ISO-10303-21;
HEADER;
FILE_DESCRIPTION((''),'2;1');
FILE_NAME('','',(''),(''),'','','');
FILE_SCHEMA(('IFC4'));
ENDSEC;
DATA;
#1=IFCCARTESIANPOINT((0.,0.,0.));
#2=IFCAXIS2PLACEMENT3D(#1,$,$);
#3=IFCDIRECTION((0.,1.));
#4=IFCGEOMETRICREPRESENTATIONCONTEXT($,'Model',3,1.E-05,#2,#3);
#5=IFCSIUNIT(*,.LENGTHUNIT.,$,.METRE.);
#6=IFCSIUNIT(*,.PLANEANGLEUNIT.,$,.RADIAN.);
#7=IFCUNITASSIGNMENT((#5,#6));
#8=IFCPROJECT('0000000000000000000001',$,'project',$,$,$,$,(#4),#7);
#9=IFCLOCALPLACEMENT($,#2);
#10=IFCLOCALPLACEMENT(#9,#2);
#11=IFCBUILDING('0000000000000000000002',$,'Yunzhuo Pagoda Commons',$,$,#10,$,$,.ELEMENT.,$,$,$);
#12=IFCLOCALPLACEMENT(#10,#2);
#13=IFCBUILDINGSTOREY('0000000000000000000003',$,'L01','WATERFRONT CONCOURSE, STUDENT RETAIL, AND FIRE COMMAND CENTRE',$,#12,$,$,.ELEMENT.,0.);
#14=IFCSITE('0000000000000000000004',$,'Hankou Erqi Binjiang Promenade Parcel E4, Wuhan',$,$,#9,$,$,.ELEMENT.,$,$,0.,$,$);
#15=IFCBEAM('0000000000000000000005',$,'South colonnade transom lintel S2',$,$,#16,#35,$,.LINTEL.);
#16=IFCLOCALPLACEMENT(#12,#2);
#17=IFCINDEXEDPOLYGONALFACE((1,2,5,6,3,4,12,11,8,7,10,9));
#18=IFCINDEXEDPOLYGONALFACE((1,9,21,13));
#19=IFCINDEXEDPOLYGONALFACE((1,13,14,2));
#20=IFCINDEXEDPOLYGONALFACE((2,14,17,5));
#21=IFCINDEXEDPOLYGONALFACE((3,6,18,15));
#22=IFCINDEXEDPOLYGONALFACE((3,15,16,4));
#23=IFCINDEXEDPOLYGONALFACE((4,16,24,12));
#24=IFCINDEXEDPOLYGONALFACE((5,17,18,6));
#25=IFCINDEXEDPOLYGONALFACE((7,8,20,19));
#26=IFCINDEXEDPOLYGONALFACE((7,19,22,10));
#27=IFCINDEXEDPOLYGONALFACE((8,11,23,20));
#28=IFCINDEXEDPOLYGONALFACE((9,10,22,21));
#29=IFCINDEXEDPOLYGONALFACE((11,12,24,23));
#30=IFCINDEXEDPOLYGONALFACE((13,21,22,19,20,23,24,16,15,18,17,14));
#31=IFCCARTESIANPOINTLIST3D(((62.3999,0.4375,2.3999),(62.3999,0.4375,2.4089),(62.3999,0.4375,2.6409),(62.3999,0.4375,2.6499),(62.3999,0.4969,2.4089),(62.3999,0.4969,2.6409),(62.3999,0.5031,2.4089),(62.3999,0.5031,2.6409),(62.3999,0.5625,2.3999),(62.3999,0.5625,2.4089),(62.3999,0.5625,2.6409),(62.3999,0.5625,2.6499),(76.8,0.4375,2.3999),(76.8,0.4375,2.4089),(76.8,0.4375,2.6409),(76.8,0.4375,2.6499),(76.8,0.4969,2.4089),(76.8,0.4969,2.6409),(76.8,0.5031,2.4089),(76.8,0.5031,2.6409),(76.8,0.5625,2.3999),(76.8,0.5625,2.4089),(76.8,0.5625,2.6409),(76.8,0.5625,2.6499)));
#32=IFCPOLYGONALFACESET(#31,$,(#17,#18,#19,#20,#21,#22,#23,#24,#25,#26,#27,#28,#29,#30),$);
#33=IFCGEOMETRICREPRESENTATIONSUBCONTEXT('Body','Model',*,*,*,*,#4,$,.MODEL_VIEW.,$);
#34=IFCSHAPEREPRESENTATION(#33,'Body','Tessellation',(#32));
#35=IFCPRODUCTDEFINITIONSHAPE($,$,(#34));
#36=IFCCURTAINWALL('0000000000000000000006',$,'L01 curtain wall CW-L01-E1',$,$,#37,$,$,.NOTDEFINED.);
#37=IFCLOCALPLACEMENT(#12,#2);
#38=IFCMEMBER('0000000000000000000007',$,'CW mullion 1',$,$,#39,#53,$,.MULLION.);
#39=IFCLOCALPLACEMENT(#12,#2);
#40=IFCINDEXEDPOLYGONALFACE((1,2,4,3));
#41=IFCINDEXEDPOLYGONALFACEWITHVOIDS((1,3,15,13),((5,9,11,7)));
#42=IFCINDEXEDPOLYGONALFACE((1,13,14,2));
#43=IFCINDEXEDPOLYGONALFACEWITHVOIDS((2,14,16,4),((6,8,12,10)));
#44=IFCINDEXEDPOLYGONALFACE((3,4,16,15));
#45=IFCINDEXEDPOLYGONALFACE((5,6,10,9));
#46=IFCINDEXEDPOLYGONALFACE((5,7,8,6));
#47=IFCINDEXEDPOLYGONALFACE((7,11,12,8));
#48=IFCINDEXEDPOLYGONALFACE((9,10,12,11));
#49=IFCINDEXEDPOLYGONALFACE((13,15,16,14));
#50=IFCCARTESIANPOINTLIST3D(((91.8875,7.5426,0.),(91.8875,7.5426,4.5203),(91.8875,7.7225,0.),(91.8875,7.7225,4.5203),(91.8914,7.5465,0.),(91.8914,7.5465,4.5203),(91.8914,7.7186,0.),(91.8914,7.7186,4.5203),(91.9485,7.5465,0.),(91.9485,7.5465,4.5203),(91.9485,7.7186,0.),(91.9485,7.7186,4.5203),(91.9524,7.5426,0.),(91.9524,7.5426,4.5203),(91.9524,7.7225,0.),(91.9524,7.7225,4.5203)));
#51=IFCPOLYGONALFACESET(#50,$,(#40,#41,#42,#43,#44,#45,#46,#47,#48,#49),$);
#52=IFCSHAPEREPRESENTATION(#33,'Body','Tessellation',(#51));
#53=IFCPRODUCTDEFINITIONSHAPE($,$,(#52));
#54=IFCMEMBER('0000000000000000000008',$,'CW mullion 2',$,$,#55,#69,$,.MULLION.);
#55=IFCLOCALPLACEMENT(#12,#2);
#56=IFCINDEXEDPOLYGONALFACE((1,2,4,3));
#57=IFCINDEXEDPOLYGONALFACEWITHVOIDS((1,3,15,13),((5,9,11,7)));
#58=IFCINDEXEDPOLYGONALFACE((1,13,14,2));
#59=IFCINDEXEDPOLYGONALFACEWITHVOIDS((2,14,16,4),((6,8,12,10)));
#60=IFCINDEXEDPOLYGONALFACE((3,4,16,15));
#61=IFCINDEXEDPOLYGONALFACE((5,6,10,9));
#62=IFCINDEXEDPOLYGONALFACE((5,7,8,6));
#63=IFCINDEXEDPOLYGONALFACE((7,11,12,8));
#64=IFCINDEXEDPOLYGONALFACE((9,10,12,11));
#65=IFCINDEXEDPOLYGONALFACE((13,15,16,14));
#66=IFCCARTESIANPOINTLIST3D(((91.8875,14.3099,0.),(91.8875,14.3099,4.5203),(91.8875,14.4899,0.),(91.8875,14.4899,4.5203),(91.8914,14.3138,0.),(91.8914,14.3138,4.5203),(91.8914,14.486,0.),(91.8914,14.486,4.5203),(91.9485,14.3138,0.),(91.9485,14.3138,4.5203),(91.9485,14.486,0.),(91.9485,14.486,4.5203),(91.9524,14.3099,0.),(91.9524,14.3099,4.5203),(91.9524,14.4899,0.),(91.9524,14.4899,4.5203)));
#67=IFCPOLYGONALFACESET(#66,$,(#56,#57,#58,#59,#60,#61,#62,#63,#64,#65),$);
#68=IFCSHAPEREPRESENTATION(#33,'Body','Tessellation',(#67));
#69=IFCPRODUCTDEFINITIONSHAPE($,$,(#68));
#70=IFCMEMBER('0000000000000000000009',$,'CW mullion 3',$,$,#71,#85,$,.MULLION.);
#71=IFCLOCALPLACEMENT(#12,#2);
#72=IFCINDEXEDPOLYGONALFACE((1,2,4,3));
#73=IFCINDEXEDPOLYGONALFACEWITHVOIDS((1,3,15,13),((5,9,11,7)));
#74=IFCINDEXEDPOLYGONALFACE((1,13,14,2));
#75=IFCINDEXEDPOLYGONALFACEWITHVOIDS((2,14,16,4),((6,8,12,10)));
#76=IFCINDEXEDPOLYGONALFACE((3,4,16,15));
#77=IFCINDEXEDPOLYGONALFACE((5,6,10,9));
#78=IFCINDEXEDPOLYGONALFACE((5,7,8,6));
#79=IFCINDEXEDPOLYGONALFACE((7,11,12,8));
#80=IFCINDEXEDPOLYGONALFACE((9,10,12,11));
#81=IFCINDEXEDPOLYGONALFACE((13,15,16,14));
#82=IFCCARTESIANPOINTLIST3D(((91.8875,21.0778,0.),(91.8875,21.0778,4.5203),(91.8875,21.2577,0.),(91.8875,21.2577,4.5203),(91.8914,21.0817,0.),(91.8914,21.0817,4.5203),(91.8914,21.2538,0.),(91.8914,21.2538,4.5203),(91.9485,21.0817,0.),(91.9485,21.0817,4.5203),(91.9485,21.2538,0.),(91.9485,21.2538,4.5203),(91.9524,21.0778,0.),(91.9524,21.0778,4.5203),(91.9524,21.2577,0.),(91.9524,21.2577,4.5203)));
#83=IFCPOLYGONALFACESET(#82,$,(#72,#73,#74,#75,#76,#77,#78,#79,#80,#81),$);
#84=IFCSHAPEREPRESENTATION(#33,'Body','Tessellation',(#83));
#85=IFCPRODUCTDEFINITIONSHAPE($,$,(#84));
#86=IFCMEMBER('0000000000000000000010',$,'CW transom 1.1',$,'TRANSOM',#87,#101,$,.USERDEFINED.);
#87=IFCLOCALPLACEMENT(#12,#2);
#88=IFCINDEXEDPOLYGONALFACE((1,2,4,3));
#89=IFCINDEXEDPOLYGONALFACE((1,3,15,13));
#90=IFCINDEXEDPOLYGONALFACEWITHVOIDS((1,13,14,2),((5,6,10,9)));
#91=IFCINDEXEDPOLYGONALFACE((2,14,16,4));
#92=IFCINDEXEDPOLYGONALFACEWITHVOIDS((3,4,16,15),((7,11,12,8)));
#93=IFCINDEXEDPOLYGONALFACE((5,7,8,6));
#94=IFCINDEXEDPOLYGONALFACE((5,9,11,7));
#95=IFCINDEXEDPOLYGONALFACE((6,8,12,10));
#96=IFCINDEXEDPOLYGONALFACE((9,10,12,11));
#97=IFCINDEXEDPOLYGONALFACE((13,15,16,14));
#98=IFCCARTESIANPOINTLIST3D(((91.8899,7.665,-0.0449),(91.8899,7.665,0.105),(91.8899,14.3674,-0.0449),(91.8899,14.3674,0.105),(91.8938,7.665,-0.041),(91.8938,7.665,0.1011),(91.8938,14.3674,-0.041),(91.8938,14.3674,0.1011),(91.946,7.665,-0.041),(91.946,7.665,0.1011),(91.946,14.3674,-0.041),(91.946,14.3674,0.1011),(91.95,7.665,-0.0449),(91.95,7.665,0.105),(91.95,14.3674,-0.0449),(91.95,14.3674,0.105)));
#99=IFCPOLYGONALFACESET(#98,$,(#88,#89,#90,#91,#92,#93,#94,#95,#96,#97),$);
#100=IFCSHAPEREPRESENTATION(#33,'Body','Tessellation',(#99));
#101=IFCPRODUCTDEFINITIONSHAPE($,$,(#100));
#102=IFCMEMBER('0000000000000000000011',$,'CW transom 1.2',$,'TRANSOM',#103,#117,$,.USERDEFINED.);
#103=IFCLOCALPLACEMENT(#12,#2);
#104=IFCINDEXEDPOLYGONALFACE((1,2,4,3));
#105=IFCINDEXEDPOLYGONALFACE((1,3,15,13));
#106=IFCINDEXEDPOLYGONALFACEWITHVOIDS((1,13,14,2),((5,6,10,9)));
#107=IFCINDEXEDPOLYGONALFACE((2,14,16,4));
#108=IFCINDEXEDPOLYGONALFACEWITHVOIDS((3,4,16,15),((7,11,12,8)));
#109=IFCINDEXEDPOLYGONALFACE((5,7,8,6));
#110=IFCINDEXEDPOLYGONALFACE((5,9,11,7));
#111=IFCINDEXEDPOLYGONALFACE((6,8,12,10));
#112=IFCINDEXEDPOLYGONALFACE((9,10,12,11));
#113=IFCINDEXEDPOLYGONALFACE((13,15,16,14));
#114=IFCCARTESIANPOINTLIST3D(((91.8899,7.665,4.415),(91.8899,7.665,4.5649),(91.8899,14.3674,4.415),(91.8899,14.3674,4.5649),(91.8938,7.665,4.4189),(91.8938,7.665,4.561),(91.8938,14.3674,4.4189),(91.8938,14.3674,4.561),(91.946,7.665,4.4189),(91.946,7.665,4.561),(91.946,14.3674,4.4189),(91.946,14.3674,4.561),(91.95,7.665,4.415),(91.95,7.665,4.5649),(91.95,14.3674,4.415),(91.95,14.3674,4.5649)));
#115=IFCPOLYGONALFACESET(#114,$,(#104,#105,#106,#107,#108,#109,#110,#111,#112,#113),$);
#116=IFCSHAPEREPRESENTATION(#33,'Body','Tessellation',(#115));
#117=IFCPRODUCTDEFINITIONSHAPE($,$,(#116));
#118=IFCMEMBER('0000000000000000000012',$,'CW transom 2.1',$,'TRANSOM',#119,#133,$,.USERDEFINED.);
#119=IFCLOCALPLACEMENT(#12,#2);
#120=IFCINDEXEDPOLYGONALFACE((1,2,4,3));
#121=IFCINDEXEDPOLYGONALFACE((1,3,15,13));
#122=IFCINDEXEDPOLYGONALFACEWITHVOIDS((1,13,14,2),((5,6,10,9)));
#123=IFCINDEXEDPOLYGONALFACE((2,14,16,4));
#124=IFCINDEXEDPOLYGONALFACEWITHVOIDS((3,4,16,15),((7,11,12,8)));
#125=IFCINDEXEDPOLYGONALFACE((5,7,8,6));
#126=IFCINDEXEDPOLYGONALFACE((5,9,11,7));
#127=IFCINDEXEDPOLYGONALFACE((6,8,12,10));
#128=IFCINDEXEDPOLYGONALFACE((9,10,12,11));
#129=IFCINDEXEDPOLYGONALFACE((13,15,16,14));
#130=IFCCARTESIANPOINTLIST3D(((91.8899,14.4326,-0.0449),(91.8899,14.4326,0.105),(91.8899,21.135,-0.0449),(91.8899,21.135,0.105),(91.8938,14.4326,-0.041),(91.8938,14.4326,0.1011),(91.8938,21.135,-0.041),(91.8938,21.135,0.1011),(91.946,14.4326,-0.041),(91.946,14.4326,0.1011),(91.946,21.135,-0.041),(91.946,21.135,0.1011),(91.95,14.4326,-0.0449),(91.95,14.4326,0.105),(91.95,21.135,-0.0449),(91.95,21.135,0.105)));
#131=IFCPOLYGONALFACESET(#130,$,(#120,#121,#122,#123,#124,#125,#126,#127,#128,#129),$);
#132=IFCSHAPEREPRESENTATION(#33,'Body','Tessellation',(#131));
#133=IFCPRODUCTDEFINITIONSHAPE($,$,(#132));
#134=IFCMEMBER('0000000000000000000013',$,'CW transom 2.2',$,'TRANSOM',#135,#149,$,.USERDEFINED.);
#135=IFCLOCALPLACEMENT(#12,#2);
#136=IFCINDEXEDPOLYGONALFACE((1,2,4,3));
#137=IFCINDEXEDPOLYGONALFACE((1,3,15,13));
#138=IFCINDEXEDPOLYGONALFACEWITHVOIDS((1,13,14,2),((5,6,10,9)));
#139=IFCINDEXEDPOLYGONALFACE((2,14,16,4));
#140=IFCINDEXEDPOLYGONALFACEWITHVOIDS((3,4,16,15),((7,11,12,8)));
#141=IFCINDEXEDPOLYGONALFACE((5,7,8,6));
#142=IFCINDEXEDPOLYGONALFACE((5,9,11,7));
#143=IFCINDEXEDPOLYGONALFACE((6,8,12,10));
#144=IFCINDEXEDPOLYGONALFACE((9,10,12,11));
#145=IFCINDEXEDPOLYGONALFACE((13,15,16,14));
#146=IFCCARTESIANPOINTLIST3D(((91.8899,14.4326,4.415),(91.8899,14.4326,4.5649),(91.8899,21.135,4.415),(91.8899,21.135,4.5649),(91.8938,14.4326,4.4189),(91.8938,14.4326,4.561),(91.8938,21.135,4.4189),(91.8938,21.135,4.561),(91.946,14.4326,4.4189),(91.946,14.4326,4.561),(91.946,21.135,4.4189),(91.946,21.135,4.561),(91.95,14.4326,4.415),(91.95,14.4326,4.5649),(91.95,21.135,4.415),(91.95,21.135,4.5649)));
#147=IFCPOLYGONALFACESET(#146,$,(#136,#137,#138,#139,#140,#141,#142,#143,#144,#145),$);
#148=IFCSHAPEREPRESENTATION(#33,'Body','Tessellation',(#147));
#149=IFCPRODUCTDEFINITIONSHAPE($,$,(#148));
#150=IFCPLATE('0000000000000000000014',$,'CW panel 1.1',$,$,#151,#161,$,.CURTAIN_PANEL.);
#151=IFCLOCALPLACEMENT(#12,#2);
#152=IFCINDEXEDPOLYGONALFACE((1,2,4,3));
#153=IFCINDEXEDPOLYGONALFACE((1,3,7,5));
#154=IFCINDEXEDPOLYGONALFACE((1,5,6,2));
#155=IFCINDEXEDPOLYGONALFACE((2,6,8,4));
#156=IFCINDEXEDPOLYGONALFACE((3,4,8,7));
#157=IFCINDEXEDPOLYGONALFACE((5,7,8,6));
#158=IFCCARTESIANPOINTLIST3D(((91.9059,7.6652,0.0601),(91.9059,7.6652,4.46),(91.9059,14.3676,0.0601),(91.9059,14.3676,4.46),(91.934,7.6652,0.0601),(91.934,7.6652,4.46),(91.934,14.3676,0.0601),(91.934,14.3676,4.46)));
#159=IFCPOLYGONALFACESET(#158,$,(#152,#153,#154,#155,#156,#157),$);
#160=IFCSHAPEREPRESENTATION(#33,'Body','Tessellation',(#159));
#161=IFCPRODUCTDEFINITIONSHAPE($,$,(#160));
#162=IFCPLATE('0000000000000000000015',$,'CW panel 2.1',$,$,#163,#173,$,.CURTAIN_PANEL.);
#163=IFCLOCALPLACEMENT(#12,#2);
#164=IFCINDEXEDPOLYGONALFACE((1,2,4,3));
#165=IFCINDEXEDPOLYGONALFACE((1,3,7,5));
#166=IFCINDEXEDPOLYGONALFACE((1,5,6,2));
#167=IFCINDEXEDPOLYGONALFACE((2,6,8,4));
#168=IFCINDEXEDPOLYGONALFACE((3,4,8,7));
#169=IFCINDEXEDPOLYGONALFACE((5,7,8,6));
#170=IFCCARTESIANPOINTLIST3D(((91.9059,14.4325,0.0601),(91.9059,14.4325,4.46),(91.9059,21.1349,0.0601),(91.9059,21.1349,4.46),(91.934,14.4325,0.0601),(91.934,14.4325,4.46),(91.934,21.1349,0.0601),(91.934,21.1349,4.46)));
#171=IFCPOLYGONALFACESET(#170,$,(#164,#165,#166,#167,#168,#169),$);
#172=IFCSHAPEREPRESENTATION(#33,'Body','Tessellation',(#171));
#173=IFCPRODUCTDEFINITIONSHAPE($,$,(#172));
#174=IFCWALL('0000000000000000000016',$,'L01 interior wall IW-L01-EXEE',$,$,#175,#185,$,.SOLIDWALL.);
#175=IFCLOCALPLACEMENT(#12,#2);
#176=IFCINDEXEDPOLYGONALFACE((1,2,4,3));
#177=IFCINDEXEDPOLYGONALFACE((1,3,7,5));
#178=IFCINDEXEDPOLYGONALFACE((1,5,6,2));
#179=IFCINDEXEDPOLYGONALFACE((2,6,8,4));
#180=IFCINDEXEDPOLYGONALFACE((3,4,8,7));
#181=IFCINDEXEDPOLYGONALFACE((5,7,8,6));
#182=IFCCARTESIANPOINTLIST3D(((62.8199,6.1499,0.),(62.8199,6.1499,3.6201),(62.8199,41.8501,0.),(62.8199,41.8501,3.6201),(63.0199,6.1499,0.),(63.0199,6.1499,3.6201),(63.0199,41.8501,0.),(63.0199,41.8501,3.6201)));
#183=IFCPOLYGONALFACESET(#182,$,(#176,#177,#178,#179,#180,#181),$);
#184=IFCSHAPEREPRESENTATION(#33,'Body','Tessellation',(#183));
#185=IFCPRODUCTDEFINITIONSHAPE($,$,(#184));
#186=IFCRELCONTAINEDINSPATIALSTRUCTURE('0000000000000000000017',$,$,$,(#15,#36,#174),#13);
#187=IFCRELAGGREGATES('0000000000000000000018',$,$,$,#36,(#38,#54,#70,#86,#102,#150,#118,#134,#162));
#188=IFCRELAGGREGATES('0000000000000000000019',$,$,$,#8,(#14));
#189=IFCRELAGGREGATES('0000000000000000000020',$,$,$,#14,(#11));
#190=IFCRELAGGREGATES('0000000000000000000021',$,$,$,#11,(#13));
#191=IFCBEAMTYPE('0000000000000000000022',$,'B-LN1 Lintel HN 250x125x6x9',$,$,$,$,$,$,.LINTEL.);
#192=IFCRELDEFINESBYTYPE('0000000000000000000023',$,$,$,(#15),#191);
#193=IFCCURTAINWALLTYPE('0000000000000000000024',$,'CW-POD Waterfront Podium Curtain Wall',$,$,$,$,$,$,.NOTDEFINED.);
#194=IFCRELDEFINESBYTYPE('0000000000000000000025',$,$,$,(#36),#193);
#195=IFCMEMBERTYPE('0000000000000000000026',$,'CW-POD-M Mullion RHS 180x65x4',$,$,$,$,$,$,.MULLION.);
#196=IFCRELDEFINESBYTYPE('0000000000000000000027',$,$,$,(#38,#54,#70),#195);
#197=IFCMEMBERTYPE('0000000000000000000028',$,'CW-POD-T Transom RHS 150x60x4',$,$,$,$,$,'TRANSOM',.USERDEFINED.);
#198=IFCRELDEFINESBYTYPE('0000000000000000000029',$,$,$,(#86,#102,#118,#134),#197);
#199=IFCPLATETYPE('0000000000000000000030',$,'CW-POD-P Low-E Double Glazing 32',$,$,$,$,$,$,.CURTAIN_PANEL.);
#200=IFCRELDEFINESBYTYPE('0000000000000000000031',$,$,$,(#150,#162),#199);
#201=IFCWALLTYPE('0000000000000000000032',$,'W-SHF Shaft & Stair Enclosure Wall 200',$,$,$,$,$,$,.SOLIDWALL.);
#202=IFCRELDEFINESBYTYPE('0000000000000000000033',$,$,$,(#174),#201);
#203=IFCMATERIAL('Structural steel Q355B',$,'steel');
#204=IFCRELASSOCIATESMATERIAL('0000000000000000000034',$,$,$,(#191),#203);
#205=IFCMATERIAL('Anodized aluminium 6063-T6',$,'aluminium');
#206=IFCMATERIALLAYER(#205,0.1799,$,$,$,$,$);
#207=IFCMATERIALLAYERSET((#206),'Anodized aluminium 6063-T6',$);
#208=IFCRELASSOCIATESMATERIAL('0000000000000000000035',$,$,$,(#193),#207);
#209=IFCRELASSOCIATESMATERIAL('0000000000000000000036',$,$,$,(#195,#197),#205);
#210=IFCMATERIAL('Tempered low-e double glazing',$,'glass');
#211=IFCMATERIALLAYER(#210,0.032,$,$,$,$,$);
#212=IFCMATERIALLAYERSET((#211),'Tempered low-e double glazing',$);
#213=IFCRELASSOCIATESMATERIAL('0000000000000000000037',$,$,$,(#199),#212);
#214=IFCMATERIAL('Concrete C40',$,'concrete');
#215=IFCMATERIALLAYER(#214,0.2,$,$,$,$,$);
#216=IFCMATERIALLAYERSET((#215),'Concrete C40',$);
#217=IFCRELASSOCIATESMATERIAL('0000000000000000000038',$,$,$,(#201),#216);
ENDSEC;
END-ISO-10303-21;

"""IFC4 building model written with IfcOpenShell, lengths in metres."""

from ifc_helpers import new_model, si_unit, direction, frame, frame_2d, origin, origin_2d, place, context, subcontext, project, spatial, rectangle, hollow_rectangle, i_section, extrude, source, transform, mapped, material, layer, layer_set, material_profile, profile_set, type_object, element, aggregate, save


model = new_model("IFC4")

# Units and contexts
model_context = context("Model", 3, precision=1e-05, world=origin(), true_north=direction((0.0, 1.0)))
body_context = subcontext(model_context, "Body", "Model", "MODEL_VIEW")
ifc_project = project(units=[si_unit("LENGTHUNIT", "METRE"), si_unit("PLANEANGLEUNIT", "RADIAN")], contexts=[model_context])

# Site, building, storey
site_placement = place(None, origin())
site = spatial("IfcSite", under=ifc_project, at=site_placement, Name="Hankou Erqi Binjiang Promenade Parcel E4, Wuhan", CompositionType="ELEMENT", RefElevation=0.0)
building_placement = place(site_placement, origin())
building = spatial("IfcBuilding", under=site, at=building_placement, Name="Yunzhuo Pagoda Commons", CompositionType="ELEMENT")
storey_placement = place(building_placement, origin())
storey = spatial("IfcBuildingStorey", under=building, at=storey_placement, Name="L01", Description="WATERFRONT CONCOURSE, STUDENT RETAIL, AND FIRE COMMAND CENTRE", CompositionType="ELEMENT", Elevation=0.0)

# Shared definitions
ifc_material_1 = material(Name="Structural steel Q355B", Category="steel")

# Beam
ifc_material_profile_1 = material_profile(ifc_material_1, i_section(OverallWidth=0.125, OverallDepth=0.25, WebThickness=0.0061, FlangeThickness=0.009, at=origin_2d()), Name="Structural steel Q355B")
ifc_profile_set_1 = profile_set([ifc_material_profile_1], Name="Structural steel Q355B")
beam_type_1 = type_object("IfcBeamType", Name="B-LN1 Lintel HN 250x125x6x9", PredefinedType="LINTEL", material=ifc_profile_set_1)
shared_shape_1 = source(origin(), body_context, "Body", "SweptSolid", [
    extrude(i_section(OverallWidth=0.125, OverallDepth=0.25, WebThickness=0.0061, FlangeThickness=0.009, at=origin_2d()), origin(), (0.0, 0.0, 1.0), 14.4001),
])
beam_1_placement = place(storey_placement, frame((62.3999, 0.5, 2.5249), z_axis=(1.0, 0.0, 0.0), x_axis=(0.0, 1.0, 0.0)))
element("IfcBeam", 1, at=beam_1_placement, inside=storey, type_object=beam_type_1, Name="South colonnade transom lintel S2", PredefinedType="LINTEL", context=body_context, shape_type="MappedRepresentation", body=[
    mapped(shared_shape_1, transform((0.0, 0.0, 0.0), scale=1.0)),
])

# Curtain wall, members, plates
ifc_material_2 = material(Name="Anodized aluminium 6063-T6", Category="aluminium")
ifc_layer_1 = layer(ifc_material_2, 0.1799)
ifc_layer_set_1 = layer_set([ifc_layer_1], Name="Anodized aluminium 6063-T6")
curtain_wall_type = type_object("IfcCurtainWallType", Name="CW-POD Waterfront Podium Curtain Wall", PredefinedType="NOTDEFINED", material=ifc_layer_set_1)
curtain_wall_placement = place(storey_placement, origin())
curtain_wall = element("IfcCurtainWall", 2, at=curtain_wall_placement, inside=storey, type_object=curtain_wall_type, Name="L01 curtain wall CW-L01-E1", PredefinedType="NOTDEFINED")
ifc_material_profile_2 = material_profile(ifc_material_2, hollow_rectangle(XDim=0.0649, YDim=0.1799, WallThickness=0.0039, at=origin_2d()), Name="Anodized aluminium 6063-T6")
ifc_profile_set_2 = profile_set([ifc_material_profile_2], Name="Anodized aluminium 6063-T6")
member_type_1 = type_object("IfcMemberType", Name="CW-POD-M Mullion RHS 180x65x4", PredefinedType="MULLION", material=ifc_profile_set_2)
shared_shape_2 = source(origin(), body_context, "Body", "SweptSolid", [
    extrude(hollow_rectangle(XDim=0.0649, YDim=0.1799, WallThickness=0.0039, at=origin_2d()), origin(), (0.0, 0.0, 1.0), 4.5203),
])
member_1_placement = place(storey_placement, frame((91.9199, 7.6326, 0.0), z_axis=(0.0, 0.0, 1.0), x_axis=(-1.0, 0.0, 0.0)))
member_1 = element("IfcMember", 3, at=member_1_placement, type_object=member_type_1, Name="CW mullion 1", PredefinedType="MULLION", context=body_context, shape_type="MappedRepresentation", body=[
    mapped(shared_shape_2, transform((0.0, 0.0, 0.0), scale=1.0)),
])
member_2_placement = place(storey_placement, frame((91.9199, 14.3999, 0.0), z_axis=(0.0, 0.0, 1.0), x_axis=(-1.0, 0.0, 0.0)))
member_2 = element("IfcMember", 4, at=member_2_placement, type_object=member_type_1, Name="CW mullion 2", PredefinedType="MULLION", context=body_context, shape_type="MappedRepresentation", body=[
    mapped(shared_shape_2, transform((0.0, 0.0, 0.0), scale=1.0)),
])
member_3_placement = place(storey_placement, frame((91.9199, 21.1677, 0.0), z_axis=(0.0, 0.0, 1.0), x_axis=(-1.0, 0.0, 0.0)))
member_3 = element("IfcMember", 5, at=member_3_placement, type_object=member_type_1, Name="CW mullion 3", PredefinedType="MULLION", context=body_context, shape_type="MappedRepresentation", body=[
    mapped(shared_shape_2, transform((0.0, 0.0, 0.0), scale=1.0)),
])
ifc_material_profile_3 = material_profile(ifc_material_2, hollow_rectangle(XDim=0.0601, YDim=0.1499, WallThickness=0.0039, at=origin_2d()), Name="Anodized aluminium 6063-T6")
ifc_profile_set_3 = profile_set([ifc_material_profile_3], Name="Anodized aluminium 6063-T6")
member_type_2 = type_object("IfcMemberType", Name="CW-POD-T Transom RHS 150x60x4", ElementType="TRANSOM", PredefinedType="USERDEFINED", material=ifc_profile_set_3)
shared_shape_3 = source(origin(), body_context, "Body", "SweptSolid", [
    extrude(hollow_rectangle(XDim=0.0601, YDim=0.1499, WallThickness=0.0039, at=origin_2d()), origin(), (0.0, 0.0, 1.0), 6.7024),
])
member_4_placement = place(storey_placement, frame((91.9199, 7.665, 0.03), z_axis=(0.0, 1.0, 0.0), x_axis=(-1.0, 0.0, 0.0)))
member_4 = element("IfcMember", 6, at=member_4_placement, type_object=member_type_2, Name="CW transom 1.1", ObjectType="TRANSOM", PredefinedType="USERDEFINED", context=body_context, shape_type="MappedRepresentation", body=[
    mapped(shared_shape_3, transform((0.0, 0.0, 0.0), scale=1.0)),
])
member_5_placement = place(storey_placement, frame((91.9199, 7.665, 4.49), z_axis=(0.0, 1.0, 0.0), x_axis=(-1.0, 0.0, 0.0)))
member_5 = element("IfcMember", 7, at=member_5_placement, type_object=member_type_2, Name="CW transom 1.2", ObjectType="TRANSOM", PredefinedType="USERDEFINED", context=body_context, shape_type="MappedRepresentation", body=[
    mapped(shared_shape_3, transform((0.0, 0.0, 0.0), scale=1.0)),
])
member_6_placement = place(storey_placement, frame((91.9199, 14.4326, 0.03), z_axis=(0.0, 1.0, 0.0), x_axis=(-1.0, 0.0, 0.0)))
member_6 = element("IfcMember", 8, at=member_6_placement, type_object=member_type_2, Name="CW transom 2.1", ObjectType="TRANSOM", PredefinedType="USERDEFINED", context=body_context, shape_type="MappedRepresentation", body=[
    mapped(shared_shape_3, transform((0.0, 0.0, 0.0), scale=1.0)),
])
member_7_placement = place(storey_placement, frame((91.9199, 14.4326, 4.49), z_axis=(0.0, 1.0, 0.0), x_axis=(-1.0, 0.0, 0.0)))
member_7 = element("IfcMember", 9, at=member_7_placement, type_object=member_type_2, Name="CW transom 2.2", ObjectType="TRANSOM", PredefinedType="USERDEFINED", context=body_context, shape_type="MappedRepresentation", body=[
    mapped(shared_shape_3, transform((0.0, 0.0, 0.0), scale=1.0)),
])
ifc_material_3 = material(Name="Tempered low-e double glazing", Category="glass")
ifc_layer_2 = layer(ifc_material_3, 0.032)
ifc_layer_set_2 = layer_set([ifc_layer_2], Name="Tempered low-e double glazing")
plate_type = type_object("IfcPlateType", Name="CW-POD-P Low-E Double Glazing 32", PredefinedType="CURTAIN_PANEL", material=ifc_layer_set_2)
shared_shape_4 = source(origin(), body_context, "Body", "SweptSolid", [
    extrude(rectangle(XDim=6.7024, YDim=0.0281, at=origin_2d()), origin(), (0.0, 0.0, 1.0), 4.3999),
])
plate_1_placement = place(storey_placement, frame((91.9199, 11.0164, 0.0601), z_axis=(0.0, 0.0, 1.0), x_axis=(0.0, 1.0, 0.0)))
plate_1 = element("IfcPlate", 10, at=plate_1_placement, type_object=plate_type, Name="CW panel 1.1", PredefinedType="CURTAIN_PANEL", context=body_context, shape_type="MappedRepresentation", body=[
    mapped(shared_shape_4, transform((0.0, 0.0, 0.0), scale=1.0)),
])
plate_2_placement = place(storey_placement, frame((91.9199, 17.7837, 0.0601), z_axis=(0.0, 0.0, 1.0), x_axis=(0.0, 1.0, 0.0)))
plate_2 = element("IfcPlate", 11, at=plate_2_placement, type_object=plate_type, Name="CW panel 2.1", PredefinedType="CURTAIN_PANEL", context=body_context, shape_type="MappedRepresentation", body=[
    mapped(shared_shape_4, transform((0.0, 0.0, 0.0), scale=1.0)),
])
aggregate(curtain_wall, [member_1, member_2, member_3, member_4, member_5, plate_1, member_6, member_7, plate_2])

# Wall
ifc_material_4 = material(Name="Concrete C40", Category="concrete")
ifc_layer_3 = layer(ifc_material_4, 0.2)
ifc_layer_set_3 = layer_set([ifc_layer_3], Name="Concrete C40")
wall_type = type_object("IfcWallType", Name="W-SHF Shaft & Stair Enclosure Wall 200", PredefinedType="SOLIDWALL", material=ifc_layer_set_3)
wall_placement = place(storey_placement, frame((62.9199, 6.1499, 0.0), z_axis=(0.0, 0.0, 1.0), x_axis=(0.0, 1.0, 0.0)))
element("IfcWall", 12, at=wall_placement, inside=storey, type_object=wall_type, Name="L01 interior wall IW-L01-EXEE", PredefinedType="SOLIDWALL", context=body_context, shape_type="SweptSolid", body=[
    extrude(rectangle(XDim=35.7002, YDim=0.2, at=frame_2d((17.8501, 0.0))), origin(), (0.0, 0.0, 1.0), 3.6201),
])

save(model, "model.ifc")
